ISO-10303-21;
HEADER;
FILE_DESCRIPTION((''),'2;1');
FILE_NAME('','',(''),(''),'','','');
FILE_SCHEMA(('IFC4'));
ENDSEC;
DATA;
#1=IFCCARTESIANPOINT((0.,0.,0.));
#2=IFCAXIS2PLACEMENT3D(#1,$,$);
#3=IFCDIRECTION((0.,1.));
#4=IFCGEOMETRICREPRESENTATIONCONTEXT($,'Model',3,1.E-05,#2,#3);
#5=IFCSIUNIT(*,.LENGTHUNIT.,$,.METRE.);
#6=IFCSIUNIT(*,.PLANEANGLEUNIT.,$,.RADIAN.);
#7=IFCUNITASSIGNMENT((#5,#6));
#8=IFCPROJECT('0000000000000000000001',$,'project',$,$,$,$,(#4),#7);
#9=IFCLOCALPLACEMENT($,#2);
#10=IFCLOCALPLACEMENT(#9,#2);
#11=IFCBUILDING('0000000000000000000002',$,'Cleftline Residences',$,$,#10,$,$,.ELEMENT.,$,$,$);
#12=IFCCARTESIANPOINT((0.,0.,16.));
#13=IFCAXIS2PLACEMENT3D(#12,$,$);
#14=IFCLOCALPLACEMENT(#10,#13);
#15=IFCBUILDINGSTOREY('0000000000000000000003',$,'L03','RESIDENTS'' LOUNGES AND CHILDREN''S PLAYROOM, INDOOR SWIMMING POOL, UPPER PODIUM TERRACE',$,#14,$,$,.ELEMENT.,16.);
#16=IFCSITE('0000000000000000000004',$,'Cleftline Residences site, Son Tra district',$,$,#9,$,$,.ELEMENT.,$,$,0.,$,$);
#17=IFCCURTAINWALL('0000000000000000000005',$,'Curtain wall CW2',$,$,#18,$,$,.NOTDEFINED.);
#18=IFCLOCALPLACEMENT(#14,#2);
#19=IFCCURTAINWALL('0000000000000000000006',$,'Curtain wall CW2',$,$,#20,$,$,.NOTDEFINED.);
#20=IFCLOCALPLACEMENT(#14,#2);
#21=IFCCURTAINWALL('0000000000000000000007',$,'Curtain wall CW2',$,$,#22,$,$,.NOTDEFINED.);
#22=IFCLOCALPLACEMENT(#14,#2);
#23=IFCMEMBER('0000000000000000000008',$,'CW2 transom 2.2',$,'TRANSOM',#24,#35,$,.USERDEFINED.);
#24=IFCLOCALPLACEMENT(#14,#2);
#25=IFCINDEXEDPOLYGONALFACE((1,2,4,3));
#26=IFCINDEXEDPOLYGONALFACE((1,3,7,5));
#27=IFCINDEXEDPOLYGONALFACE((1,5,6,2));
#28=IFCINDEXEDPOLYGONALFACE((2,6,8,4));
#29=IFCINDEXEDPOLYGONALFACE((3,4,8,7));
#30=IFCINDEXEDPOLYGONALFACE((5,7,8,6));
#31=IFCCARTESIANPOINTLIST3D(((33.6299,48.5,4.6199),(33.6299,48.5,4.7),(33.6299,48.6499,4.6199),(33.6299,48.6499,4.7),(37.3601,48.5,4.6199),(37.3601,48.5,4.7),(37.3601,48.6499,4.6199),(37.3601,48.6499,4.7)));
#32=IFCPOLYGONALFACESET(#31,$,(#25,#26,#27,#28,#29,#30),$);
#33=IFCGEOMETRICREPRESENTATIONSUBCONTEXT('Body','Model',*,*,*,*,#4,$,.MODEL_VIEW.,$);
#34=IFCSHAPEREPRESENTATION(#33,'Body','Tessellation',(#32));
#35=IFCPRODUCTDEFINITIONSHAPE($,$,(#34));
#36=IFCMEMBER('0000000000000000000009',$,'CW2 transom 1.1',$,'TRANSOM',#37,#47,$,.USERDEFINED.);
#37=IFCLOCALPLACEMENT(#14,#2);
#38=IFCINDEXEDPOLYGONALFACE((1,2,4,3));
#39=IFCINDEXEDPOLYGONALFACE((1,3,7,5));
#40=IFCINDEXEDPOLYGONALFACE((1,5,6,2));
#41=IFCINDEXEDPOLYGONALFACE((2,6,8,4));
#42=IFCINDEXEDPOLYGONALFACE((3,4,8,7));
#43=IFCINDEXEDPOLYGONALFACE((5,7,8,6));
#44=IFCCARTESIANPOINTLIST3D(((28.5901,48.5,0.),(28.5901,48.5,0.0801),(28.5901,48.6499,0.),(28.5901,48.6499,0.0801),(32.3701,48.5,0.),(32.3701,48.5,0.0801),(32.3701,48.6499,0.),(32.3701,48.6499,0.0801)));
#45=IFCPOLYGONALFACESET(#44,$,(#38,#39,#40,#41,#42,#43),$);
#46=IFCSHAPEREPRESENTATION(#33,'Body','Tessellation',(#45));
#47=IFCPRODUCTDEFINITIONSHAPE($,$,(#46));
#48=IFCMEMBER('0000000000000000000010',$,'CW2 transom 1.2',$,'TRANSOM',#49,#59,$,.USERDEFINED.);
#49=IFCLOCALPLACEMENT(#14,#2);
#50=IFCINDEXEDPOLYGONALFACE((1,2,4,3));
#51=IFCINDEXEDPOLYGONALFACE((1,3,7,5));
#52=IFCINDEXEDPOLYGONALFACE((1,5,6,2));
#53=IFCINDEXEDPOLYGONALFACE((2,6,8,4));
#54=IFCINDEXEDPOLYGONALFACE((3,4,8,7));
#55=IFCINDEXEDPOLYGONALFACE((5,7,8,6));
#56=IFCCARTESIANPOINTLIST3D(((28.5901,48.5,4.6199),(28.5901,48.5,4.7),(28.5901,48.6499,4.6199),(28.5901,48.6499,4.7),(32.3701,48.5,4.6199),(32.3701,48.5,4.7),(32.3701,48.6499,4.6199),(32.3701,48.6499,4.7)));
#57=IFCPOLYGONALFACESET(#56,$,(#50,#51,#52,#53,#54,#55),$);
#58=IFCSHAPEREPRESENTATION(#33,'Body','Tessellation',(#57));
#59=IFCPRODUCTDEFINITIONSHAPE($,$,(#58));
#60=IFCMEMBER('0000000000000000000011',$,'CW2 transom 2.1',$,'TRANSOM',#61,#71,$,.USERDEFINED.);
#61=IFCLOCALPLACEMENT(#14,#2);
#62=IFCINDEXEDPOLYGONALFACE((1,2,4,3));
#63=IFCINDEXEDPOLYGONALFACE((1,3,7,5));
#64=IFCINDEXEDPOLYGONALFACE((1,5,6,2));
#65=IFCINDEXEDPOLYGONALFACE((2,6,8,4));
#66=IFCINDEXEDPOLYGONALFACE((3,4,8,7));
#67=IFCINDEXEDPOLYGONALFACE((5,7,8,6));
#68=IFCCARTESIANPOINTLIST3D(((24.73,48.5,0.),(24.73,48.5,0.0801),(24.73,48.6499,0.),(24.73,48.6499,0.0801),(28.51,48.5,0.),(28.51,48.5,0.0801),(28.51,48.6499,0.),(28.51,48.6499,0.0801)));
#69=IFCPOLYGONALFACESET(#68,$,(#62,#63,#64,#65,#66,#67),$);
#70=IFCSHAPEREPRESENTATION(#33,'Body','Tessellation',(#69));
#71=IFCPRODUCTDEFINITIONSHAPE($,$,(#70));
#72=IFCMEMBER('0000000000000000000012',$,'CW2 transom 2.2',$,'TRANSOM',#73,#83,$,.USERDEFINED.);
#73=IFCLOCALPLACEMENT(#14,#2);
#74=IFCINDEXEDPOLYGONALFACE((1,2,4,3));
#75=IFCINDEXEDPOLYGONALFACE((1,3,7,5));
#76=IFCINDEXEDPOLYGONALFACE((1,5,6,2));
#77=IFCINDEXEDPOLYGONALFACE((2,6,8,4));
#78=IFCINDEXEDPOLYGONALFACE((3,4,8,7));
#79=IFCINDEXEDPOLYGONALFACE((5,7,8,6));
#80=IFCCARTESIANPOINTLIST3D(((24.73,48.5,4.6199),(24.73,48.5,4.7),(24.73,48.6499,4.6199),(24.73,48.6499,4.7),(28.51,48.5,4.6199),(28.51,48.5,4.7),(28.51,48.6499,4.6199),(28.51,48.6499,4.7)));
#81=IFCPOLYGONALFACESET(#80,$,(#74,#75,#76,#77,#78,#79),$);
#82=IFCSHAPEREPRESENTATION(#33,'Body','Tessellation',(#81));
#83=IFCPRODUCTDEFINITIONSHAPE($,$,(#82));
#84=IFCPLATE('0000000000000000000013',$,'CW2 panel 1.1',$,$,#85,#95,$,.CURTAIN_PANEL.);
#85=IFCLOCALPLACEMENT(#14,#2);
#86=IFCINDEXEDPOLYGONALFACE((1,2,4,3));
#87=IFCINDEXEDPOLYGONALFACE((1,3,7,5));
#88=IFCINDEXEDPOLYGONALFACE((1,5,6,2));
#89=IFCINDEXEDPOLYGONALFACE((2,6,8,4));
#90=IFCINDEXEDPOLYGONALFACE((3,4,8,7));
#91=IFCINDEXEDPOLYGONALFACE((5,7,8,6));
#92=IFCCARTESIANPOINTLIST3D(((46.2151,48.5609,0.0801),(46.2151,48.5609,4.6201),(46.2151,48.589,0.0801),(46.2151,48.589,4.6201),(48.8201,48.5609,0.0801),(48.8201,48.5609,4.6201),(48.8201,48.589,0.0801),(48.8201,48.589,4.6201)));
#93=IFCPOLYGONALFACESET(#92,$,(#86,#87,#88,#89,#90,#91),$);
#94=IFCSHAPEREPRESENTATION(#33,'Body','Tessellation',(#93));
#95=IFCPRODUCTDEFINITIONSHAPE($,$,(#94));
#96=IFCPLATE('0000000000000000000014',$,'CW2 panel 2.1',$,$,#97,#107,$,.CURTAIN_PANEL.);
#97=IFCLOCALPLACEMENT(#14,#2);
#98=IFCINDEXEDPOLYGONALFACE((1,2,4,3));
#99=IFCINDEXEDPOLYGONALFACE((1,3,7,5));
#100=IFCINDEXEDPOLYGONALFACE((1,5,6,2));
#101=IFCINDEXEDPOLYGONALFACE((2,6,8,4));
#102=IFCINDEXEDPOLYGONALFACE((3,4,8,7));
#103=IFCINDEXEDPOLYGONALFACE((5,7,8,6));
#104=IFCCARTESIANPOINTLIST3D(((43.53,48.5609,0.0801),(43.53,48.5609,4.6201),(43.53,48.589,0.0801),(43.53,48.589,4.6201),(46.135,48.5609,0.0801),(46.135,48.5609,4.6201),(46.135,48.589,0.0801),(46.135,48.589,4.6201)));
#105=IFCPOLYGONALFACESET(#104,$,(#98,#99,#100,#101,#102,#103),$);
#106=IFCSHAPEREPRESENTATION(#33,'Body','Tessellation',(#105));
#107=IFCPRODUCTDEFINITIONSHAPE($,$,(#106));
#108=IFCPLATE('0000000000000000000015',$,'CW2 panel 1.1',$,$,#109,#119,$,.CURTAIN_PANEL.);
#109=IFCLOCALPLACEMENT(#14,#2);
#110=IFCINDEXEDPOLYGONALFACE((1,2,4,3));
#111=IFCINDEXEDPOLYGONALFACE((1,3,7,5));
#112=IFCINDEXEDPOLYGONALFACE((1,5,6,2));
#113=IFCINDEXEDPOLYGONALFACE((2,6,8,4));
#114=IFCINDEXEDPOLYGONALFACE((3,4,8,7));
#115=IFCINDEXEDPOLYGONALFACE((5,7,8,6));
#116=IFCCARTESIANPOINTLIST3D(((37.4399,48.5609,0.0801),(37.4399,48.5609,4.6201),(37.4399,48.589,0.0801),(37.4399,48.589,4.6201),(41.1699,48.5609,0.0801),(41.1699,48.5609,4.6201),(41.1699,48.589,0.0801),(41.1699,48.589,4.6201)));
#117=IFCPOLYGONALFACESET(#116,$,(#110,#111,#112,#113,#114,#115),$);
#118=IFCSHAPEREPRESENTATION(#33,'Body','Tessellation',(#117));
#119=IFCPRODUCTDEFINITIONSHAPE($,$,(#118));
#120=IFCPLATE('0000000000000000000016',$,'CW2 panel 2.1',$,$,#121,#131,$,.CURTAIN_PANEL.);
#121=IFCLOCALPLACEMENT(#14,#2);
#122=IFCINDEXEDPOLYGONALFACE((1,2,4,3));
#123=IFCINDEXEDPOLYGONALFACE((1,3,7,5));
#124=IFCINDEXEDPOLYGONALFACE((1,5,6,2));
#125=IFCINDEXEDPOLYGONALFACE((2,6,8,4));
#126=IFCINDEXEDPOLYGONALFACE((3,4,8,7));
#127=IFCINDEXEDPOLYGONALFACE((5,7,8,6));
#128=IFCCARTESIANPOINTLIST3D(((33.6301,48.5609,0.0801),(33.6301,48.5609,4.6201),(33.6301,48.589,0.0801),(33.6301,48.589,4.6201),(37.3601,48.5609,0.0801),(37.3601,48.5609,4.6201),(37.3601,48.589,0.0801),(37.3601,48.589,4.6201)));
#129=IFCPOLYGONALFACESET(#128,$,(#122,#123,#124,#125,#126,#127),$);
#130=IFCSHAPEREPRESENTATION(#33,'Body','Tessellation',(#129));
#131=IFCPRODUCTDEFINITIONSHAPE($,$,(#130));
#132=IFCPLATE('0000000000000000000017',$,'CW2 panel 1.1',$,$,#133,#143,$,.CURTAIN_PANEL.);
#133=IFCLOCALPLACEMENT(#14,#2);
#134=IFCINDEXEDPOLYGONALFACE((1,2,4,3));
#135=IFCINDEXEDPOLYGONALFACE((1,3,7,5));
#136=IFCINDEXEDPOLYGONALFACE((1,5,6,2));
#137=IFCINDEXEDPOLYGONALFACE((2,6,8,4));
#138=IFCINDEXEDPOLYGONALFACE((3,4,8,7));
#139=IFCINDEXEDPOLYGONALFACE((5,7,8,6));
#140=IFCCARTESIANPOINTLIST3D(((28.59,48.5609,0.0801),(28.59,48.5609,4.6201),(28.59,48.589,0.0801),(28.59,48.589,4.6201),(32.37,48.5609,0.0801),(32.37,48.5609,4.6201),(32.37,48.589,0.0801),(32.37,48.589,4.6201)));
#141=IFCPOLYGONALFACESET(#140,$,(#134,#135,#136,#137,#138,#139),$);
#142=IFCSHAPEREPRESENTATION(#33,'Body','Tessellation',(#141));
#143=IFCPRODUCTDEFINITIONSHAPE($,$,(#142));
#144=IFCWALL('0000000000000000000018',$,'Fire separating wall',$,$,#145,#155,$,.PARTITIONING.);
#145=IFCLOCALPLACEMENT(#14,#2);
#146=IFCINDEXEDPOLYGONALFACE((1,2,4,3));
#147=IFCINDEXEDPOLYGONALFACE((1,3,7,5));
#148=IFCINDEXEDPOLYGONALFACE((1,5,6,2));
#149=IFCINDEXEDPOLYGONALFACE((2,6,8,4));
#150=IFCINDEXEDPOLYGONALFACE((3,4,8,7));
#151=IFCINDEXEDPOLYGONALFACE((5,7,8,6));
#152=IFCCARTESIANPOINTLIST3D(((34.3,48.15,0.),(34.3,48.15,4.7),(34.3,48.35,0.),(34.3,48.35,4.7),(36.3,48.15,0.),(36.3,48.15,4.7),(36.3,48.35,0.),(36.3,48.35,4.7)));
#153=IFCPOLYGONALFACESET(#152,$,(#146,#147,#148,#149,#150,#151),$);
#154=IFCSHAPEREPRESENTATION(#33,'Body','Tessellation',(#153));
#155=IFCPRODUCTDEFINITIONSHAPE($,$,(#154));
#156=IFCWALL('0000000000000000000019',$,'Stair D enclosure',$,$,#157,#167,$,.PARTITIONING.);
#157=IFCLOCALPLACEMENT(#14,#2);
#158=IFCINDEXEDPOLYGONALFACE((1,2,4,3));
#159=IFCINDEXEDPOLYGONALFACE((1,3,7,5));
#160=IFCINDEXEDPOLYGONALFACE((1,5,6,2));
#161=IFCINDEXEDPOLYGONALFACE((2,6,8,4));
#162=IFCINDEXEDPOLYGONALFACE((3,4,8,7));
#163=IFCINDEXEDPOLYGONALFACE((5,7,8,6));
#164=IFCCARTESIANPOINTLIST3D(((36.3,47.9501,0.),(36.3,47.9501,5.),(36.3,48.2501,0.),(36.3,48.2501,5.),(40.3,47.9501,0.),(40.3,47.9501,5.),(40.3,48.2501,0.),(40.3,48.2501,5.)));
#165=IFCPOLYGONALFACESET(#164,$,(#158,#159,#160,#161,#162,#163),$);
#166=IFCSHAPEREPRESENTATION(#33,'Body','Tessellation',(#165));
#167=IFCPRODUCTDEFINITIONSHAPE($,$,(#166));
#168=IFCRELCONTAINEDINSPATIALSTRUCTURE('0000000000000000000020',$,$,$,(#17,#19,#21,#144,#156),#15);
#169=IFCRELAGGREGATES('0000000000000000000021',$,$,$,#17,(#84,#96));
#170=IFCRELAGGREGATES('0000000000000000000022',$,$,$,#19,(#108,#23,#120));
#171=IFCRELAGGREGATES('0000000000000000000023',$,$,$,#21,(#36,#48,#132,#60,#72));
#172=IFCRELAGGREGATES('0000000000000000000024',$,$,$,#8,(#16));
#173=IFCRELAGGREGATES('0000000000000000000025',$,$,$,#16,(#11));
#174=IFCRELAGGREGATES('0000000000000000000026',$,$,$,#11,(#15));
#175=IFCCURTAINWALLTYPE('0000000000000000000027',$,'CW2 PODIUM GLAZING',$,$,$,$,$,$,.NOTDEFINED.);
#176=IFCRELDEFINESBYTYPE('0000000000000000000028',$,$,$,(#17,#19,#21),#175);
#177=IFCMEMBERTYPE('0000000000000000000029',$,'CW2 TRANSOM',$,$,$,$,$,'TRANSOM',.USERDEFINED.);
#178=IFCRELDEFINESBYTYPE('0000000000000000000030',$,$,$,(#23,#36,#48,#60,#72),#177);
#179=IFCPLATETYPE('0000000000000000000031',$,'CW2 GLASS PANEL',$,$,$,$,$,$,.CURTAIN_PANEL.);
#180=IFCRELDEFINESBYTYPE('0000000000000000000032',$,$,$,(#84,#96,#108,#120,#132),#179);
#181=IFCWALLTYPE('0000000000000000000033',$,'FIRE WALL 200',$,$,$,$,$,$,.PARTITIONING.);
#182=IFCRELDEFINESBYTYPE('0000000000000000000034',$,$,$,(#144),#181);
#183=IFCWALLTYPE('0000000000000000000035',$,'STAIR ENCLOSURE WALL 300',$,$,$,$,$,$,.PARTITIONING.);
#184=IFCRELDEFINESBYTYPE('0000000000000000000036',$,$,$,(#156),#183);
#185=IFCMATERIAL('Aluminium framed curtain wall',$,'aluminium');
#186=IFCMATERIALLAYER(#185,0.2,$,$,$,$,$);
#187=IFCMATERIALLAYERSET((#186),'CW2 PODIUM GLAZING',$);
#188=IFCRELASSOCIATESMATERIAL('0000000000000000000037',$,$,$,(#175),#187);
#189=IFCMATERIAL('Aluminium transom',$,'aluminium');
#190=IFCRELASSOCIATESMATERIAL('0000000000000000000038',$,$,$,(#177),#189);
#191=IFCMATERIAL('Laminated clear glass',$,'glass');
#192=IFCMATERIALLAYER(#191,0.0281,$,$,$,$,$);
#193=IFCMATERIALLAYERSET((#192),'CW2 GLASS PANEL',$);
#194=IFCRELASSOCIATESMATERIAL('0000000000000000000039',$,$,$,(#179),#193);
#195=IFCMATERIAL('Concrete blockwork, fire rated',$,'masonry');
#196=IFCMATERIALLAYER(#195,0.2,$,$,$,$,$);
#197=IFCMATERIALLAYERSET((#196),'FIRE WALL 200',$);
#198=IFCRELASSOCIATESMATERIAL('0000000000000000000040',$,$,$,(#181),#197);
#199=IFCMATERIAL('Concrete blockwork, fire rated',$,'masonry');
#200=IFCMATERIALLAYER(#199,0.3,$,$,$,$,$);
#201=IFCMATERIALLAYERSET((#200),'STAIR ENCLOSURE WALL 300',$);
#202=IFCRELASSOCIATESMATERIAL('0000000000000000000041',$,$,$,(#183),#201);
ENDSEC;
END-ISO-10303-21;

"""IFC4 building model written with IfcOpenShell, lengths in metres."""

from ifc_helpers import new_model, si_unit, direction, frame, frame_2d, origin, origin_2d, place, context, subcontext, project, spatial, rectangle, extrude, material, layer, layer_set, material_profile, profile_set, type_object, element, aggregate, save


model = new_model("IFC4")

# Units and contexts
model_context = context("Model", 3, precision=1e-05, world=origin(), true_north=direction((0.0, 1.0)))
body_context = subcontext(model_context, "Body", "Model", "MODEL_VIEW")
ifc_project = project(units=[si_unit("LENGTHUNIT", "METRE"), si_unit("PLANEANGLEUNIT", "RADIAN")], contexts=[model_context])

# Site, building, storey
site_placement = place(None, origin())
site = spatial("IfcSite", under=ifc_project, at=site_placement, Name="Cleftline Residences site, Son Tra district", CompositionType="ELEMENT", RefElevation=0.0)
building_placement = place(site_placement, origin())
building = spatial("IfcBuilding", under=site, at=building_placement, Name="Cleftline Residences", CompositionType="ELEMENT")
storey_placement = place(building_placement, frame((0.0, 0.0, 16.0)))
storey = spatial("IfcBuildingStorey", under=building, at=storey_placement, Name="L03", Description="RESIDENTS' LOUNGES AND CHILDREN'S PLAYROOM, INDOOR SWIMMING POOL, UPPER PODIUM TERRACE", CompositionType="ELEMENT", Elevation=16.0)

# Curtain walls
ifc_material_1 = material(Name="Aluminium framed curtain wall", Category="aluminium")
ifc_layer_1 = layer(ifc_material_1, 0.2)
ifc_layer_set_1 = layer_set([ifc_layer_1], Name="CW2 PODIUM GLAZING")
curtain_wall_type = type_object("IfcCurtainWallType", Name="CW2 PODIUM GLAZING", PredefinedType="NOTDEFINED", material=ifc_layer_set_1)
curtain_wall_1_placement = place(storey_placement, origin())
curtain_wall_1 = element("IfcCurtainWall", 1, at=curtain_wall_1_placement, inside=storey, type_object=curtain_wall_type, Name="Curtain wall CW2", PredefinedType="NOTDEFINED")
curtain_wall_2_placement = place(storey_placement, origin())
curtain_wall_2 = element("IfcCurtainWall", 2, at=curtain_wall_2_placement, inside=storey, type_object=curtain_wall_type, Name="Curtain wall CW2", PredefinedType="NOTDEFINED")
curtain_wall_3_placement = place(storey_placement, origin())
curtain_wall_3 = element("IfcCurtainWall", 3, at=curtain_wall_3_placement, inside=storey, type_object=curtain_wall_type, Name="Curtain wall CW2", PredefinedType="NOTDEFINED")

# Members
ifc_material_2 = material(Name="Aluminium transom", Category="aluminium")
ifc_material_profile_1 = material_profile(ifc_material_2, rectangle(XDim=0.1499, YDim=0.0801, at=origin_2d()))
ifc_profile_set_1 = profile_set([ifc_material_profile_1], Name="Aluminium transom")
member_type_1 = type_object("IfcMemberType", Name="CW2 TRANSOM", ElementType="TRANSOM", PredefinedType="USERDEFINED", material=ifc_profile_set_1)
member_1_placement = place(storey_placement, frame((37.3601, 48.575, 4.6599), z_axis=(-1.0, 0.0, 0.0), x_axis=(0.0, -1.0, 0.0)))
member_1 = element("IfcMember", 4, at=member_1_placement, type_object=member_type_1, Name="CW2 transom 2.2", ObjectType="TRANSOM", PredefinedType="USERDEFINED", context=body_context, shape_type="SweptSolid", body=[
    extrude(rectangle(XDim=0.1499, YDim=0.0801, at=origin_2d()), origin(), (0.0, 0.0, 1.0), 3.7302),
])
member_2_placement = place(storey_placement, frame((32.3701, 48.575, 0.04), z_axis=(-1.0, 0.0, 0.0), x_axis=(0.0, -1.0, 0.0)))
member_2 = element("IfcMember", 5, at=member_2_placement, type_object=member_type_1, Name="CW2 transom 1.1", ObjectType="TRANSOM", PredefinedType="USERDEFINED", context=body_context, shape_type="SweptSolid", body=[
    extrude(rectangle(XDim=0.1499, YDim=0.0801, at=origin_2d()), origin(), (0.0, 0.0, 1.0), 3.78),
])
member_3_placement = place(storey_placement, frame((32.3701, 48.575, 4.6599), z_axis=(-1.0, 0.0, 0.0), x_axis=(0.0, -1.0, 0.0)))
member_3 = element("IfcMember", 6, at=member_3_placement, type_object=member_type_1, Name="CW2 transom 1.2", ObjectType="TRANSOM", PredefinedType="USERDEFINED", context=body_context, shape_type="SweptSolid", body=[
    extrude(rectangle(XDim=0.1499, YDim=0.0801, at=origin_2d()), origin(), (0.0, 0.0, 1.0), 3.78),
])
member_4_placement = place(storey_placement, frame((28.51, 48.575, 0.04), z_axis=(-1.0, 0.0, 0.0), x_axis=(0.0, -1.0, 0.0)))
member_4 = element("IfcMember", 7, at=member_4_placement, type_object=member_type_1, Name="CW2 transom 2.1", ObjectType="TRANSOM", PredefinedType="USERDEFINED", context=body_context, shape_type="SweptSolid", body=[
    extrude(rectangle(XDim=0.1499, YDim=0.0801, at=origin_2d()), origin(), (0.0, 0.0, 1.0), 3.78),
])
member_5_placement = place(storey_placement, frame((28.51, 48.575, 4.6599), z_axis=(-1.0, 0.0, 0.0), x_axis=(0.0, -1.0, 0.0)))
member_5 = element("IfcMember", 8, at=member_5_placement, type_object=member_type_1, Name="CW2 transom 2.2", ObjectType="TRANSOM", PredefinedType="USERDEFINED", context=body_context, shape_type="SweptSolid", body=[
    extrude(rectangle(XDim=0.1499, YDim=0.0801, at=origin_2d()), origin(), (0.0, 0.0, 1.0), 3.78),
])

# Plates
ifc_material_3 = material(Name="Laminated clear glass", Category="glass")
ifc_layer_2 = layer(ifc_material_3, 0.0281)
ifc_layer_set_2 = layer_set([ifc_layer_2], Name="CW2 GLASS PANEL")
plate_type = type_object("IfcPlateType", Name="CW2 GLASS PANEL", PredefinedType="CURTAIN_PANEL", material=ifc_layer_set_2)
plate_1_placement = place(storey_placement, frame((47.5176, 48.575, 0.0801), z_axis=(0.0, 0.0, 1.0), x_axis=(-1.0, 0.0, 0.0)))
plate_1 = element("IfcPlate", 9, at=plate_1_placement, type_object=plate_type, Name="CW2 panel 1.1", PredefinedType="CURTAIN_PANEL", context=body_context, shape_type="SweptSolid", body=[
    extrude(rectangle(XDim=2.605, YDim=0.0281, at=origin_2d()), origin(), (0.0, 0.0, 1.0), 4.54),
])
plate_2_placement = place(storey_placement, frame((44.8325, 48.575, 0.0801), z_axis=(0.0, 0.0, 1.0), x_axis=(-1.0, 0.0, 0.0)))
plate_2 = element("IfcPlate", 10, at=plate_2_placement, type_object=plate_type, Name="CW2 panel 2.1", PredefinedType="CURTAIN_PANEL", context=body_context, shape_type="SweptSolid", body=[
    extrude(rectangle(XDim=2.605, YDim=0.0281, at=origin_2d()), origin(), (0.0, 0.0, 1.0), 4.54),
])
aggregate(curtain_wall_1, [plate_1, plate_2])
plate_3_placement = place(storey_placement, frame((39.3049, 48.575, 0.0801), z_axis=(0.0, 0.0, 1.0), x_axis=(-1.0, 0.0, 0.0)))
plate_3 = element("IfcPlate", 11, at=plate_3_placement, type_object=plate_type, Name="CW2 panel 1.1", PredefinedType="CURTAIN_PANEL", context=body_context, shape_type="SweptSolid", body=[
    extrude(rectangle(XDim=3.73, YDim=0.0281, at=origin_2d()), origin(), (0.0, 0.0, 1.0), 4.54),
])
plate_4_placement = place(storey_placement, frame((35.4951, 48.575, 0.0801), z_axis=(0.0, 0.0, 1.0), x_axis=(-1.0, 0.0, 0.0)))
plate_4 = element("IfcPlate", 12, at=plate_4_placement, type_object=plate_type, Name="CW2 panel 2.1", PredefinedType="CURTAIN_PANEL", context=body_context, shape_type="SweptSolid", body=[
    extrude(rectangle(XDim=3.73, YDim=0.0281, at=origin_2d()), origin(), (0.0, 0.0, 1.0), 4.54),
])
aggregate(curtain_wall_2, [plate_3, member_1, plate_4])
plate_5_placement = place(storey_placement, frame((30.48, 48.575, 0.0801), z_axis=(0.0, 0.0, 1.0), x_axis=(-1.0, 0.0, 0.0)))
plate_5 = element("IfcPlate", 13, at=plate_5_placement, type_object=plate_type, Name="CW2 panel 1.1", PredefinedType="CURTAIN_PANEL", context=body_context, shape_type="SweptSolid", body=[
    extrude(rectangle(XDim=3.78, YDim=0.0281, at=origin_2d()), origin(), (0.0, 0.0, 1.0), 4.54),
])
aggregate(curtain_wall_3, [member_2, member_3, plate_5, member_4, member_5])

# Walls
ifc_material_4 = material(Name="Concrete blockwork, fire rated", Category="masonry")
ifc_layer_3 = layer(ifc_material_4, 0.2)
ifc_layer_set_3 = layer_set([ifc_layer_3], Name="FIRE WALL 200")
wall_type_1 = type_object("IfcWallType", Name="FIRE WALL 200", PredefinedType="PARTITIONING", material=ifc_layer_set_3)
wall_1_placement = place(storey_placement, frame((34.3, 48.25, 0.0), z_axis=(0.0, 0.0, 1.0), x_axis=(1.0, 0.0, 0.0)))
element("IfcWall", 14, at=wall_1_placement, inside=storey, type_object=wall_type_1, Name="Fire separating wall", PredefinedType="PARTITIONING", context=body_context, shape_type="SweptSolid", body=[
    extrude(rectangle(XDim=2.0, YDim=0.2, at=frame_2d((1.0, 0.0))), origin(), (0.0, 0.0, 1.0), 4.7),
])
ifc_material_5 = material(Name="Concrete blockwork, fire rated", Category="masonry")
ifc_layer_4 = layer(ifc_material_5, 0.3)
ifc_layer_set_4 = layer_set([ifc_layer_4], Name="STAIR ENCLOSURE WALL 300")
wall_type_2 = type_object("IfcWallType", Name="STAIR ENCLOSURE WALL 300", PredefinedType="PARTITIONING", material=ifc_layer_set_4)
wall_2_placement = place(storey_placement, frame((36.3, 48.1001, 0.0), z_axis=(0.0, 0.0, 1.0), x_axis=(1.0, 0.0, 0.0)))
element("IfcWall", 15, at=wall_2_placement, inside=storey, type_object=wall_type_2, Name="Stair D enclosure", PredefinedType="PARTITIONING", context=body_context, shape_type="SweptSolid", body=[
    extrude(rectangle(XDim=4.0, YDim=0.3, at=frame_2d((2.0, 0.0))), origin(), (0.0, 0.0, 1.0), 5.0),
])

save(model, "model.ifc")
